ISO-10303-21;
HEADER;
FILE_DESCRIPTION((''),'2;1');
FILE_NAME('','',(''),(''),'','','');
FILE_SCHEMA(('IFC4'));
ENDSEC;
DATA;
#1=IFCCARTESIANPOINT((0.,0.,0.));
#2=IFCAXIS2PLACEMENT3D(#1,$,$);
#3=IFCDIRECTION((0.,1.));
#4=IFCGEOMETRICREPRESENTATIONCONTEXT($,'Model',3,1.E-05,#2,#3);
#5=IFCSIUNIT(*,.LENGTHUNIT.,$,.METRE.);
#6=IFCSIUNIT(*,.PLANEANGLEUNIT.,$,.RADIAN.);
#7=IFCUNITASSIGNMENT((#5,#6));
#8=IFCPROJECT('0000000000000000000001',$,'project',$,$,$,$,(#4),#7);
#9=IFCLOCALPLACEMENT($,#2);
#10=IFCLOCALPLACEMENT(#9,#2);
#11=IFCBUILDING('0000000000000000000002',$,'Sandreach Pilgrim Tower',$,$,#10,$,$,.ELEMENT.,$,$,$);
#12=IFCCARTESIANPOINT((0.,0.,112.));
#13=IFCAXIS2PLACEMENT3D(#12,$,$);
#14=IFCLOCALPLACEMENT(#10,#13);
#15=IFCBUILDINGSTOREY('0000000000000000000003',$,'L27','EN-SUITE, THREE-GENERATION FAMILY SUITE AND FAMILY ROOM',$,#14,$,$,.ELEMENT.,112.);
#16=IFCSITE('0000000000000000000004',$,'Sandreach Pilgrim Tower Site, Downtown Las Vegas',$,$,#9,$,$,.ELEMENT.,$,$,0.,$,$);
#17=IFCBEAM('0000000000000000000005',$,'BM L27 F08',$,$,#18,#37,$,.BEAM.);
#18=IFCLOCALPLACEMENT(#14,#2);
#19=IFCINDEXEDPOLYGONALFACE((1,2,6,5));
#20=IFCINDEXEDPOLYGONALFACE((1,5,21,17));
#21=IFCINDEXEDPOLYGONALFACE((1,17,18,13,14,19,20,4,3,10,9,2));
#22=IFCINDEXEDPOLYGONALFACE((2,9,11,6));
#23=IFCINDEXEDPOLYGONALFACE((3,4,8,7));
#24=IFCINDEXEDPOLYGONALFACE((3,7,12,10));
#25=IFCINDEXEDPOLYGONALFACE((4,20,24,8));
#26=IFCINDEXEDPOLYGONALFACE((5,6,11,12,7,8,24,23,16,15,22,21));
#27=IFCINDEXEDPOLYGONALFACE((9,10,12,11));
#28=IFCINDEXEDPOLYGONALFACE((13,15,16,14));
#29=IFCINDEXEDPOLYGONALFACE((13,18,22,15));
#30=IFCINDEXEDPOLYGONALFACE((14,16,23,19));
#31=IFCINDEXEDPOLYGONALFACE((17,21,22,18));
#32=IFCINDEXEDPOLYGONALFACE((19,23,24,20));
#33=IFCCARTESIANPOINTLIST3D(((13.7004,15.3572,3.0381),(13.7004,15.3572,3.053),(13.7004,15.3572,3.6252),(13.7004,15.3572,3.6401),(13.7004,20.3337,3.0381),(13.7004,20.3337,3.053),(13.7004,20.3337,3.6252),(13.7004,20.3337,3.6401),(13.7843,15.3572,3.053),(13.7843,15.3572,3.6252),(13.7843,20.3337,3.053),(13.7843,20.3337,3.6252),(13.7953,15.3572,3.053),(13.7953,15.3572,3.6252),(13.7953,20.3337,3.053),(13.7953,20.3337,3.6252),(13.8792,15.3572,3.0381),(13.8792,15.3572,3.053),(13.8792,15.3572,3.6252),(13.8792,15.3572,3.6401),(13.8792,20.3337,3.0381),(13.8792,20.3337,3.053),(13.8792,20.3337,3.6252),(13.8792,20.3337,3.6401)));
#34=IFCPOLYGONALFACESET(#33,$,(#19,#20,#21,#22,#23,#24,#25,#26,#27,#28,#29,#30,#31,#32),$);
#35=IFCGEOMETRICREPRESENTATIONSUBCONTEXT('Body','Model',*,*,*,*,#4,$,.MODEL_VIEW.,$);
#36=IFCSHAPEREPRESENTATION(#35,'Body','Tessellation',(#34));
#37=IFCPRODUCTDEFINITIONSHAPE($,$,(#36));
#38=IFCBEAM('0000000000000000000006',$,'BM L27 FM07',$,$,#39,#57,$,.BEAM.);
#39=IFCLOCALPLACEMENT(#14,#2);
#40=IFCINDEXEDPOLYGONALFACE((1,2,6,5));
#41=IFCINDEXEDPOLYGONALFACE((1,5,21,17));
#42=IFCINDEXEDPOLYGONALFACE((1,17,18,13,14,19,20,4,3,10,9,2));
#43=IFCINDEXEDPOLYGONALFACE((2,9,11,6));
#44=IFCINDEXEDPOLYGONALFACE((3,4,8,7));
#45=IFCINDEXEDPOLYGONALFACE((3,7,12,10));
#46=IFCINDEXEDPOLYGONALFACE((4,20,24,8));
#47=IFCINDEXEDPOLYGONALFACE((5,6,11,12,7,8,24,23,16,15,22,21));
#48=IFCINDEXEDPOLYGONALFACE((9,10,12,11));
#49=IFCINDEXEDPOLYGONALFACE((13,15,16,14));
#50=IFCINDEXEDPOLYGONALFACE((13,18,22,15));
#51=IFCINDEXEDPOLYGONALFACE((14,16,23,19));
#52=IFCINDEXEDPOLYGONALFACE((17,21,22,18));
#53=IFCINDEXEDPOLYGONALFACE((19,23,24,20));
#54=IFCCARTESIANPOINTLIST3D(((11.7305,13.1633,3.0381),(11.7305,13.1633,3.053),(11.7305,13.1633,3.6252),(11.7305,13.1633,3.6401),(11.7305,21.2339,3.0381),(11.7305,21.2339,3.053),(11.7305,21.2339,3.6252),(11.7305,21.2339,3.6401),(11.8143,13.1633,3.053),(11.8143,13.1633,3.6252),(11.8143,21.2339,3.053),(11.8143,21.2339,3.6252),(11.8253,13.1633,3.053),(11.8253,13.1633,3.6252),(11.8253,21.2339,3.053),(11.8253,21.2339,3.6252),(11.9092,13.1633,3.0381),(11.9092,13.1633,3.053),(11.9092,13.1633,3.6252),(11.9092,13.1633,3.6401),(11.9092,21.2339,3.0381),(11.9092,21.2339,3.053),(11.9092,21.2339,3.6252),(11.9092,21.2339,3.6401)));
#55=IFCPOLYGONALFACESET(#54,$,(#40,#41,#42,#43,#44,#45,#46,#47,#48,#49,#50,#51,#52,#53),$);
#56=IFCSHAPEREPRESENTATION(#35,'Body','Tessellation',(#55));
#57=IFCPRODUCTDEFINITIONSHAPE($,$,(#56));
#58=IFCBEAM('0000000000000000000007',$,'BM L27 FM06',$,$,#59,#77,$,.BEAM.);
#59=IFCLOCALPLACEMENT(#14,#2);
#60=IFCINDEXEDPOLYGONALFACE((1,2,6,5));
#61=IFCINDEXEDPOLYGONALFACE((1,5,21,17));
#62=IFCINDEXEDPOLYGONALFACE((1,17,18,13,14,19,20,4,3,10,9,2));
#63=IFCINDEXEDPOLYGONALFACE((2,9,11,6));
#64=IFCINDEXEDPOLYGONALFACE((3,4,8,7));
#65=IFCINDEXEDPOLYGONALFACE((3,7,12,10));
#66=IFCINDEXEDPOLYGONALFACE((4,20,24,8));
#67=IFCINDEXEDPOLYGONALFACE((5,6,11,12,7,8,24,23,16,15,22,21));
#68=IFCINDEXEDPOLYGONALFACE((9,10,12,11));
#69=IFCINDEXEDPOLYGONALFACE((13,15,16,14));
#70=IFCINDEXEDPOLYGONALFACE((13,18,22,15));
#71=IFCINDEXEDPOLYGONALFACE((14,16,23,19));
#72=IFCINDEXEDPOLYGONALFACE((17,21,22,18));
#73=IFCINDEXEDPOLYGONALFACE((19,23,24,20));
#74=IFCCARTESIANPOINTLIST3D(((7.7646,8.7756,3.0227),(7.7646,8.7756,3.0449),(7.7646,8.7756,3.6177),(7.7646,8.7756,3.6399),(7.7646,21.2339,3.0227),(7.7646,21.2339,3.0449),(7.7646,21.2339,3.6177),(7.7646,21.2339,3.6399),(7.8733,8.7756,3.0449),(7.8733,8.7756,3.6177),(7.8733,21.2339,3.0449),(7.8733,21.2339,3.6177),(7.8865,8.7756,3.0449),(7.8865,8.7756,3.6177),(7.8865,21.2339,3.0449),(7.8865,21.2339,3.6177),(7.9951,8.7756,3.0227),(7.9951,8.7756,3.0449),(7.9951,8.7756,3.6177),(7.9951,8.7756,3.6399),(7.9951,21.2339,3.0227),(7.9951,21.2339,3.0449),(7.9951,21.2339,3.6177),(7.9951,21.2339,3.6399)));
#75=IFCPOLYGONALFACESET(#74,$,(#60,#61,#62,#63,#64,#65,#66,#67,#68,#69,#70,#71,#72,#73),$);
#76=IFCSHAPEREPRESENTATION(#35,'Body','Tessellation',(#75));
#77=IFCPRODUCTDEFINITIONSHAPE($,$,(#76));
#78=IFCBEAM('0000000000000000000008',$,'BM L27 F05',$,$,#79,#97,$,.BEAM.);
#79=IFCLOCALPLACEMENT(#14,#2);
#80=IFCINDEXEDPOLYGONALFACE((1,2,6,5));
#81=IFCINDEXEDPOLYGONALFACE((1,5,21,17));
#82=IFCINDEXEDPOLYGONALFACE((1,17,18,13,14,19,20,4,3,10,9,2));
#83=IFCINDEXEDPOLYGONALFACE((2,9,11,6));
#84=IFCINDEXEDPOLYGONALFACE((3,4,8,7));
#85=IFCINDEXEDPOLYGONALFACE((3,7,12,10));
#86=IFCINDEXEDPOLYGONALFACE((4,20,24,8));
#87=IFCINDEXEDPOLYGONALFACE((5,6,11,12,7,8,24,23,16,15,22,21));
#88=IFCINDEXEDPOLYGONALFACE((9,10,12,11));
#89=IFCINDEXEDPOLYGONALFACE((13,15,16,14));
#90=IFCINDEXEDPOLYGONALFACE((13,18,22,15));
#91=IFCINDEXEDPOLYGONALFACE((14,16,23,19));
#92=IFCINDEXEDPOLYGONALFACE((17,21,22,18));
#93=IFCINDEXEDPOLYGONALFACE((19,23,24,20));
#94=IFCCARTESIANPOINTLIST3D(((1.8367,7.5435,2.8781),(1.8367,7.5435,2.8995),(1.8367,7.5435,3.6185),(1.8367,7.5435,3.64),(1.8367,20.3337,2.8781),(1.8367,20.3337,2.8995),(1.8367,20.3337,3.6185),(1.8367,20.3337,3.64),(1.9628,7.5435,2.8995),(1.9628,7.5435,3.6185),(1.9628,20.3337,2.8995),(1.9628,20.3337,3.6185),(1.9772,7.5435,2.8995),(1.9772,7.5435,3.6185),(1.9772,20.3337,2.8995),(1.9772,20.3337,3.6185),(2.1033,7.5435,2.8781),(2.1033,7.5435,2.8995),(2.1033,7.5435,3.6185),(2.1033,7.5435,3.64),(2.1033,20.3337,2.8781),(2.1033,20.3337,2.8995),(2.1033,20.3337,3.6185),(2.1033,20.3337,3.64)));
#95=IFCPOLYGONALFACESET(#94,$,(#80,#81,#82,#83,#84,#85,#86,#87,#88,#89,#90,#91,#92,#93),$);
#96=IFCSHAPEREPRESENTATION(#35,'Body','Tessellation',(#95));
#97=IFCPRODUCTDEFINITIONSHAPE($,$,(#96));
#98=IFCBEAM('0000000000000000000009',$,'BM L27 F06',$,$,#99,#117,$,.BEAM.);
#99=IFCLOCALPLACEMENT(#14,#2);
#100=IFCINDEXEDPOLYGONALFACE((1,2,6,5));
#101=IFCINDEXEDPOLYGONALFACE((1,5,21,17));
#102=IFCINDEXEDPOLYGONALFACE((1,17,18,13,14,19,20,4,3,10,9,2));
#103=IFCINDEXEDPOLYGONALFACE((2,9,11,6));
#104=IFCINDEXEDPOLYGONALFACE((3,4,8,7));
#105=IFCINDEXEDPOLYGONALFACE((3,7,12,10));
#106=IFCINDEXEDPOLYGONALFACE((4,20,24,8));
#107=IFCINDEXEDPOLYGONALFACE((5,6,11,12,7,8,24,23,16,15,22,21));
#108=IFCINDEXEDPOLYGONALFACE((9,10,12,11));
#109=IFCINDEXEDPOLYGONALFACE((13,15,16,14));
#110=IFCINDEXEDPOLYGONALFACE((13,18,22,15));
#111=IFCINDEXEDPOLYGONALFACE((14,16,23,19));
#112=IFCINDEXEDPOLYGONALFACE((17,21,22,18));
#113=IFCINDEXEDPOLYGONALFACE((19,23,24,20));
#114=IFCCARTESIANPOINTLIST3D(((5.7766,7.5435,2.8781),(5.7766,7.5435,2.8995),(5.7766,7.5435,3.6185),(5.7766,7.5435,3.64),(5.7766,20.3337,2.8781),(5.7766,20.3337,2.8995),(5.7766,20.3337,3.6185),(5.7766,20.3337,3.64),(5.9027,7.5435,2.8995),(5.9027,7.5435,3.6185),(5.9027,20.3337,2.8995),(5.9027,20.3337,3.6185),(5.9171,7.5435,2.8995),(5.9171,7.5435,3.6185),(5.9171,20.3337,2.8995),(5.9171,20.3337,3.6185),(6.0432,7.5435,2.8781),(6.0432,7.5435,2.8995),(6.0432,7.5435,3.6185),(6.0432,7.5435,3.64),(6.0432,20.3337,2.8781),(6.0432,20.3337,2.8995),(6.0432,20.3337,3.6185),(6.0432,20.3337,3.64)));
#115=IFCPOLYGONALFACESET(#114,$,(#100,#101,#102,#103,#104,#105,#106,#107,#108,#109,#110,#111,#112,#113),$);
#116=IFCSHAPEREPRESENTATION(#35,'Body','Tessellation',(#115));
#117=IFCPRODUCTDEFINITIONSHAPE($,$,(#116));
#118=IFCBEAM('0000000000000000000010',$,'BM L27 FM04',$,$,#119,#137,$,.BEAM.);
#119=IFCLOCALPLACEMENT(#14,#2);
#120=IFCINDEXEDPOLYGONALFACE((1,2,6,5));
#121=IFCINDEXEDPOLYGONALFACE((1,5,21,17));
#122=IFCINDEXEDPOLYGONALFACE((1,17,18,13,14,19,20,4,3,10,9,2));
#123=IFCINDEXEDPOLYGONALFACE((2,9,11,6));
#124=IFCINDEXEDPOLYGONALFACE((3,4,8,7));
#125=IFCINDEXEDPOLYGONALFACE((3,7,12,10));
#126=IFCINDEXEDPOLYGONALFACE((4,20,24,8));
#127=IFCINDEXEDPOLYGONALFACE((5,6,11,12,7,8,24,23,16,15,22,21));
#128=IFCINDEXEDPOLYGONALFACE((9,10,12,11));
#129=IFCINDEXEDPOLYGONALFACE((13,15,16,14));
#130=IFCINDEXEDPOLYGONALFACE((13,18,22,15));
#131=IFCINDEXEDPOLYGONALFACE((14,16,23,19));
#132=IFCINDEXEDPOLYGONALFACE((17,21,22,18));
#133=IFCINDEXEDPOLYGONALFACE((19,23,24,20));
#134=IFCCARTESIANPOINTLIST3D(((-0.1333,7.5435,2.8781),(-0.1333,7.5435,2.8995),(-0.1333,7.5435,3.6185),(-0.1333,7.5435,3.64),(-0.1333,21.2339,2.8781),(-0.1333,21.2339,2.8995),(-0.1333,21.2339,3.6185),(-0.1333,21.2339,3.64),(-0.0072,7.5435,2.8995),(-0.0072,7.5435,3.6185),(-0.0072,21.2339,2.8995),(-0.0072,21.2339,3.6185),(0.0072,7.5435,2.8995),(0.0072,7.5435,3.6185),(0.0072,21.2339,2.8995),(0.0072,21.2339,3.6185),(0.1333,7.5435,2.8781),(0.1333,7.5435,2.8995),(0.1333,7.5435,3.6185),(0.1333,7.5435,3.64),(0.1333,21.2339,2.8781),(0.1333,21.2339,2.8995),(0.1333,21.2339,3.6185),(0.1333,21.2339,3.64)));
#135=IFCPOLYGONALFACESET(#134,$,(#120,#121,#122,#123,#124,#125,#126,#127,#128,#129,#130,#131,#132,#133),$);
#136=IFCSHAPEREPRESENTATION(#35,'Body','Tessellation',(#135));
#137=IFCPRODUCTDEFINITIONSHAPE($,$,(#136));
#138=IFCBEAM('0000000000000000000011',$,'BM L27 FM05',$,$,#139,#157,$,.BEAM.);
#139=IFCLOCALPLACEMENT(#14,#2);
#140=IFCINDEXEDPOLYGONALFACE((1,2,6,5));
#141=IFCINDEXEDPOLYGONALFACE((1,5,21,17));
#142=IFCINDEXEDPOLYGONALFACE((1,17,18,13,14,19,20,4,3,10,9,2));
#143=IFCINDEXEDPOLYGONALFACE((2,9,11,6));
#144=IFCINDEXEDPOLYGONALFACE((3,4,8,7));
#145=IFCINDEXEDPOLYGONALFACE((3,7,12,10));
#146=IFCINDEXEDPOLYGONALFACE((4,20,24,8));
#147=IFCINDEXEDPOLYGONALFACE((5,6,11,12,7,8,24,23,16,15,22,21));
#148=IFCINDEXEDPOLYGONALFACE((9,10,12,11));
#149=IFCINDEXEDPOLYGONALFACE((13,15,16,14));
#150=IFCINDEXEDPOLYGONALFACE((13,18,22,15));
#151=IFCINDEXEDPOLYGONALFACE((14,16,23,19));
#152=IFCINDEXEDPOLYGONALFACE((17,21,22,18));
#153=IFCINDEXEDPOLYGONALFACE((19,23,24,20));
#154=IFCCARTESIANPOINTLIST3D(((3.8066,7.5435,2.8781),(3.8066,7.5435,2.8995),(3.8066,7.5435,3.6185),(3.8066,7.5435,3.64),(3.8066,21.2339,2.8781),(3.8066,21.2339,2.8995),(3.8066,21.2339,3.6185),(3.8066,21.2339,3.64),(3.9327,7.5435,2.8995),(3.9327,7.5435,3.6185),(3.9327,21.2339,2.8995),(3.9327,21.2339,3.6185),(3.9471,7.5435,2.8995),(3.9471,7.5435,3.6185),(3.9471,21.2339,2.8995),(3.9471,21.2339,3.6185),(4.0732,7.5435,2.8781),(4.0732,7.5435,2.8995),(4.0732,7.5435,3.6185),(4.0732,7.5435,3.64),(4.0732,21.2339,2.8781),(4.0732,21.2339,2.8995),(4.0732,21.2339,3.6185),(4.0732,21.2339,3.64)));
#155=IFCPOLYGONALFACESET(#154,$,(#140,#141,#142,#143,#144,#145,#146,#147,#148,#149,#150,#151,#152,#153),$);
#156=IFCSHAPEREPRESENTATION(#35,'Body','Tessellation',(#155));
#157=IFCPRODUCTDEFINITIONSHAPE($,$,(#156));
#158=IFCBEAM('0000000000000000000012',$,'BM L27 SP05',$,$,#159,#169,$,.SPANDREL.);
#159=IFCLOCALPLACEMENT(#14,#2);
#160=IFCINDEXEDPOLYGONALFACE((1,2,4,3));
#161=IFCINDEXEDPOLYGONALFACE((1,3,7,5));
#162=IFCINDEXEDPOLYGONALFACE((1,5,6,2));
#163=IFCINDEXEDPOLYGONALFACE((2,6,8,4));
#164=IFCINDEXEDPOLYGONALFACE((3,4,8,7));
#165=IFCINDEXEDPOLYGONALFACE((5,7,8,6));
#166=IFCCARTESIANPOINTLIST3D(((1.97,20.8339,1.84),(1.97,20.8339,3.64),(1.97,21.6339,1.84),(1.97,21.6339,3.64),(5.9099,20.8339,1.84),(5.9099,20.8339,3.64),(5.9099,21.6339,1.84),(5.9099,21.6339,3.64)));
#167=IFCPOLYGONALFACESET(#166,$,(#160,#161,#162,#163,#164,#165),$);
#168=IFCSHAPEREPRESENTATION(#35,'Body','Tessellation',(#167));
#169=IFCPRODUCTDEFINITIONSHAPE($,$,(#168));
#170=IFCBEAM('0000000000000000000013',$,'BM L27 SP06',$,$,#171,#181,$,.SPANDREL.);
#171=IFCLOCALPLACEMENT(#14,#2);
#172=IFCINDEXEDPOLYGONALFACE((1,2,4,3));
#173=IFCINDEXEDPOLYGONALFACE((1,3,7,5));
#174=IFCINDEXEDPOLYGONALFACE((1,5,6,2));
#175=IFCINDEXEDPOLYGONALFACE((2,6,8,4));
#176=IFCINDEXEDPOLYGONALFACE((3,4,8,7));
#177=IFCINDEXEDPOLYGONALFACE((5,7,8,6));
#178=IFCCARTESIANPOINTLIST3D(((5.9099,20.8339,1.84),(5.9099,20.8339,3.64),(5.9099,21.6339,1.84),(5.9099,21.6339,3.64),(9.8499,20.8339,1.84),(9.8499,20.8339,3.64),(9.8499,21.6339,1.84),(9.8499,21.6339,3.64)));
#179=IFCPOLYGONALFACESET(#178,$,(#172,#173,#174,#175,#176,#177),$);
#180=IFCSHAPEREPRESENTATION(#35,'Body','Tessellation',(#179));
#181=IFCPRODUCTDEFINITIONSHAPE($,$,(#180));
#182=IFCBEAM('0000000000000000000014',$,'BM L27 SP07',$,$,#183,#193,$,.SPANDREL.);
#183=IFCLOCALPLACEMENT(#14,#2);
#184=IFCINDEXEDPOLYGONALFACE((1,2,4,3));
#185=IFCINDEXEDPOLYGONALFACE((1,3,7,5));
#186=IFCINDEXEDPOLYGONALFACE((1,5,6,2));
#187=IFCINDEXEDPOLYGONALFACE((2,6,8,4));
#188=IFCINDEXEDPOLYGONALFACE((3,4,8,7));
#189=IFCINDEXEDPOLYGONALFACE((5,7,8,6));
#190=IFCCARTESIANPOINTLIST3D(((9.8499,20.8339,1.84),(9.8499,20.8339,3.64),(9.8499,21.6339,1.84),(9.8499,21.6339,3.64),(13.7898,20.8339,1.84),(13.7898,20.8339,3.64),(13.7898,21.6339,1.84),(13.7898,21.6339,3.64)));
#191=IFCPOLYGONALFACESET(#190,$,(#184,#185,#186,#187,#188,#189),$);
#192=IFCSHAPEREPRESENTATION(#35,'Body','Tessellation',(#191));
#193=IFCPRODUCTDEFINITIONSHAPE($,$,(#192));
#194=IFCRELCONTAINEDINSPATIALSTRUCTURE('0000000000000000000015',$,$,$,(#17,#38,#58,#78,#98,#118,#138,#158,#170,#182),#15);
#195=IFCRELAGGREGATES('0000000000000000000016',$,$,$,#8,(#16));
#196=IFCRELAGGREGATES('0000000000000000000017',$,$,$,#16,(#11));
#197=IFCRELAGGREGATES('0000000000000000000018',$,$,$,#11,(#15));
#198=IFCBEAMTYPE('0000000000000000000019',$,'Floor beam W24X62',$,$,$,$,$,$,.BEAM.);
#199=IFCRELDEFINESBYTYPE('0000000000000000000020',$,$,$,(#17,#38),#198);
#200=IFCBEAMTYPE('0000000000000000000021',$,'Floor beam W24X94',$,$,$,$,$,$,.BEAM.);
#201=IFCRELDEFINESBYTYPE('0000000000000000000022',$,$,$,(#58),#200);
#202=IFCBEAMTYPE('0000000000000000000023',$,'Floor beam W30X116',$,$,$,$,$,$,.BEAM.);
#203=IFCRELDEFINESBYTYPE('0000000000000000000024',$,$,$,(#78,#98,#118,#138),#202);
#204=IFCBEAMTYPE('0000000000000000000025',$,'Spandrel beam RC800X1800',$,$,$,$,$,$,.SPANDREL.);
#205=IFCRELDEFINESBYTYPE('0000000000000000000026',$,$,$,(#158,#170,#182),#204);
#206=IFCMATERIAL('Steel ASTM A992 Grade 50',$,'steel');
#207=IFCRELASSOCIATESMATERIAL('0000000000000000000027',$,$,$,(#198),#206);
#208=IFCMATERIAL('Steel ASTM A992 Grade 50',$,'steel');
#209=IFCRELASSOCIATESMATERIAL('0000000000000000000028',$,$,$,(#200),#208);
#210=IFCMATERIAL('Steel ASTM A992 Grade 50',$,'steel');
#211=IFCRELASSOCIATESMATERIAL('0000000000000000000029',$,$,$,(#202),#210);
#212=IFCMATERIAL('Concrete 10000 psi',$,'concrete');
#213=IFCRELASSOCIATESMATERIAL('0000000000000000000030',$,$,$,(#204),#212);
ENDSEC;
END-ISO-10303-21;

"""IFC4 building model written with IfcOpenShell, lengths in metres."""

from ifc_helpers import new_model, si_unit, direction, frame, origin, origin_2d, place, context, subcontext, project, spatial, rectangle, i_section, extrude, material, material_profile, profile_set, type_object, element, save


model = new_model("IFC4")

# Units and contexts
model_context = context("Model", 3, precision=1e-05, world=origin(), true_north=direction((0.0, 1.0)))
body_context = subcontext(model_context, "Body", "Model", "MODEL_VIEW")
ifc_project = project(units=[si_unit("LENGTHUNIT", "METRE"), si_unit("PLANEANGLEUNIT", "RADIAN")], contexts=[model_context])

# Site, building, storey
site_placement = place(None, origin())
site = spatial("IfcSite", under=ifc_project, at=site_placement, Name="Sandreach Pilgrim Tower Site, Downtown Las Vegas", CompositionType="ELEMENT", RefElevation=0.0)
building_placement = place(site_placement, origin())
building = spatial("IfcBuilding", under=site, at=building_placement, Name="Sandreach Pilgrim Tower", CompositionType="ELEMENT")
storey_placement = place(building_placement, frame((0.0, 0.0, 112.0)))
storey = spatial("IfcBuildingStorey", under=building, at=storey_placement, Name="L27", Description="EN-SUITE, THREE-GENERATION FAMILY SUITE AND FAMILY ROOM", CompositionType="ELEMENT", Elevation=112.0)

# Beams
ifc_material_1 = material(Name="Steel ASTM A992 Grade 50", Category="steel")
ifc_material_profile_1 = material_profile(ifc_material_1, i_section(OverallWidth=0.1787, OverallDepth=0.6021, WebThickness=0.011, FlangeThickness=0.0149, at=origin_2d()), Name="W24X62")
ifc_profile_set_1 = profile_set([ifc_material_profile_1], Name="Steel ASTM A992 Grade 50")
beam_type_1 = type_object("IfcBeamType", Name="Floor beam W24X62", PredefinedType="BEAM", material=ifc_profile_set_1)
beam_1_placement = place(storey_placement, frame((13.7898, 20.3337, 3.3391), z_axis=(0.0, -1.0, 0.0), x_axis=(1.0, 0.0, 0.0)))
element("IfcBeam", 1, at=beam_1_placement, inside=storey, type_object=beam_type_1, Name="BM L27 F08", PredefinedType="BEAM", context=body_context, shape_type="SweptSolid", body=[
    extrude(i_section(OverallWidth=0.1787, OverallDepth=0.6021, WebThickness=0.011, FlangeThickness=0.0149, at=origin_2d()), origin(), (0.0, 0.0, 1.0), 4.9766),
])
beam_2_placement = place(storey_placement, frame((11.8198, 21.2339, 3.3391), z_axis=(0.0, -1.0, 0.0), x_axis=(1.0, 0.0, 0.0)))
element("IfcBeam", 2, at=beam_2_placement, inside=storey, type_object=beam_type_1, Name="BM L27 FM07", PredefinedType="BEAM", context=body_context, shape_type="SweptSolid", body=[
    extrude(i_section(OverallWidth=0.1787, OverallDepth=0.6021, WebThickness=0.011, FlangeThickness=0.0149, at=origin_2d()), origin(), (0.0, 0.0, 1.0), 8.0706),
])
ifc_material_2 = material(Name="Steel ASTM A992 Grade 50", Category="steel")
ifc_material_profile_2 = material_profile(ifc_material_2, i_section(OverallWidth=0.2305, OverallDepth=0.6172, WebThickness=0.0132, FlangeThickness=0.0222, at=origin_2d()), Name="W24X94")
ifc_profile_set_2 = profile_set([ifc_material_profile_2], Name="Steel ASTM A992 Grade 50")
beam_type_2 = type_object("IfcBeamType", Name="Floor beam W24X94", PredefinedType="BEAM", material=ifc_profile_set_2)
beam_3_placement = place(storey_placement, frame((7.8799, 21.2339, 3.3313), z_axis=(0.0, -1.0, 0.0), x_axis=(1.0, 0.0, 0.0)))
element("IfcBeam", 3, at=beam_3_placement, inside=storey, type_object=beam_type_2, Name="BM L27 FM06", PredefinedType="BEAM", context=body_context, shape_type="SweptSolid", body=[
    extrude(i_section(OverallWidth=0.2305, OverallDepth=0.6172, WebThickness=0.0132, FlangeThickness=0.0222, at=origin_2d()), origin(), (0.0, 0.0, 1.0), 12.4583),
])
ifc_material_3 = material(Name="Steel ASTM A992 Grade 50", Category="steel")
ifc_material_profile_3 = material_profile(ifc_material_3, i_section(OverallWidth=0.2666, OverallDepth=0.762, WebThickness=0.0144, FlangeThickness=0.0215, at=origin_2d()), Name="W30X116")
ifc_profile_set_3 = profile_set([ifc_material_profile_3], Name="Steel ASTM A992 Grade 50")
beam_type_3 = type_object("IfcBeamType", Name="Floor beam W30X116", PredefinedType="BEAM", material=ifc_profile_set_3)
for number, where, z_axis, x_axis, name in (
    (4, (1.97, 20.3337, 3.259), (0.0, -1.0, 0.0), (1.0, 0.0, 0.0), "BM L27 F05"),
    (5, (5.9099, 20.3337, 3.259), (0.0, -1.0, 0.0), (1.0, 0.0, 0.0), "BM L27 F06"),
):
    element("IfcBeam", number, at=place(storey_placement, frame(where, z_axis=z_axis, x_axis=x_axis)), inside=storey, type_object=beam_type_3, Name=name, PredefinedType="BEAM", context=body_context, shape_type="SweptSolid", body=[
        extrude(i_section(OverallWidth=0.2666, OverallDepth=0.762, WebThickness=0.0144, FlangeThickness=0.0215, at=origin_2d()), origin(), (0.0, 0.0, 1.0), 12.7903),
    ])
for number, where, z_axis, x_axis, name in (
    (6, (0.0, 21.2339, 3.259), (0.0, -1.0, 0.0), (1.0, 0.0, 0.0), "BM L27 FM04"),
    (7, (3.9399, 21.2339, 3.259), (0.0, -1.0, 0.0), (1.0, 0.0, 0.0), "BM L27 FM05"),
):
    element("IfcBeam", number, at=place(storey_placement, frame(where, z_axis=z_axis, x_axis=x_axis)), inside=storey, type_object=beam_type_3, Name=name, PredefinedType="BEAM", context=body_context, shape_type="SweptSolid", body=[
        extrude(i_section(OverallWidth=0.2666, OverallDepth=0.762, WebThickness=0.0144, FlangeThickness=0.0215, at=origin_2d()), origin(), (0.0, 0.0, 1.0), 13.6904),
    ])
ifc_material_4 = material(Name="Concrete 10000 psi", Category="concrete")
ifc_material_profile_4 = material_profile(ifc_material_4, rectangle(XDim=0.8, YDim=1.8, at=origin_2d()), Name="RC800X1800")
ifc_profile_set_4 = profile_set([ifc_material_profile_4], Name="Concrete 10000 psi")
beam_type_4 = type_object("IfcBeamType", Name="Spandrel beam RC800X1800", PredefinedType="SPANDREL", material=ifc_profile_set_4)
for number, where, z_axis, x_axis, name in (
    (8, (1.97, 21.2339, 2.74), (1.0, 0.0, 0.0), (0.0, 1.0, 0.0), "BM L27 SP05"),
    (9, (5.9099, 21.2339, 2.74), (1.0, 0.0, 0.0), (0.0, 1.0, 0.0), "BM L27 SP06"),
    (10, (9.8499, 21.2339, 2.74), (1.0, 0.0, 0.0), (0.0, 1.0, 0.0), "BM L27 SP07"),
):
    element("IfcBeam", number, at=place(storey_placement, frame(where, z_axis=z_axis, x_axis=x_axis)), inside=storey, type_object=beam_type_4, Name=name, PredefinedType="SPANDREL", context=body_context, shape_type="SweptSolid", body=[
        extrude(rectangle(XDim=0.8, YDim=1.8, at=origin_2d()), origin(), (0.0, 0.0, 1.0), 3.9399),
    ])

save(model, "model.ifc")
